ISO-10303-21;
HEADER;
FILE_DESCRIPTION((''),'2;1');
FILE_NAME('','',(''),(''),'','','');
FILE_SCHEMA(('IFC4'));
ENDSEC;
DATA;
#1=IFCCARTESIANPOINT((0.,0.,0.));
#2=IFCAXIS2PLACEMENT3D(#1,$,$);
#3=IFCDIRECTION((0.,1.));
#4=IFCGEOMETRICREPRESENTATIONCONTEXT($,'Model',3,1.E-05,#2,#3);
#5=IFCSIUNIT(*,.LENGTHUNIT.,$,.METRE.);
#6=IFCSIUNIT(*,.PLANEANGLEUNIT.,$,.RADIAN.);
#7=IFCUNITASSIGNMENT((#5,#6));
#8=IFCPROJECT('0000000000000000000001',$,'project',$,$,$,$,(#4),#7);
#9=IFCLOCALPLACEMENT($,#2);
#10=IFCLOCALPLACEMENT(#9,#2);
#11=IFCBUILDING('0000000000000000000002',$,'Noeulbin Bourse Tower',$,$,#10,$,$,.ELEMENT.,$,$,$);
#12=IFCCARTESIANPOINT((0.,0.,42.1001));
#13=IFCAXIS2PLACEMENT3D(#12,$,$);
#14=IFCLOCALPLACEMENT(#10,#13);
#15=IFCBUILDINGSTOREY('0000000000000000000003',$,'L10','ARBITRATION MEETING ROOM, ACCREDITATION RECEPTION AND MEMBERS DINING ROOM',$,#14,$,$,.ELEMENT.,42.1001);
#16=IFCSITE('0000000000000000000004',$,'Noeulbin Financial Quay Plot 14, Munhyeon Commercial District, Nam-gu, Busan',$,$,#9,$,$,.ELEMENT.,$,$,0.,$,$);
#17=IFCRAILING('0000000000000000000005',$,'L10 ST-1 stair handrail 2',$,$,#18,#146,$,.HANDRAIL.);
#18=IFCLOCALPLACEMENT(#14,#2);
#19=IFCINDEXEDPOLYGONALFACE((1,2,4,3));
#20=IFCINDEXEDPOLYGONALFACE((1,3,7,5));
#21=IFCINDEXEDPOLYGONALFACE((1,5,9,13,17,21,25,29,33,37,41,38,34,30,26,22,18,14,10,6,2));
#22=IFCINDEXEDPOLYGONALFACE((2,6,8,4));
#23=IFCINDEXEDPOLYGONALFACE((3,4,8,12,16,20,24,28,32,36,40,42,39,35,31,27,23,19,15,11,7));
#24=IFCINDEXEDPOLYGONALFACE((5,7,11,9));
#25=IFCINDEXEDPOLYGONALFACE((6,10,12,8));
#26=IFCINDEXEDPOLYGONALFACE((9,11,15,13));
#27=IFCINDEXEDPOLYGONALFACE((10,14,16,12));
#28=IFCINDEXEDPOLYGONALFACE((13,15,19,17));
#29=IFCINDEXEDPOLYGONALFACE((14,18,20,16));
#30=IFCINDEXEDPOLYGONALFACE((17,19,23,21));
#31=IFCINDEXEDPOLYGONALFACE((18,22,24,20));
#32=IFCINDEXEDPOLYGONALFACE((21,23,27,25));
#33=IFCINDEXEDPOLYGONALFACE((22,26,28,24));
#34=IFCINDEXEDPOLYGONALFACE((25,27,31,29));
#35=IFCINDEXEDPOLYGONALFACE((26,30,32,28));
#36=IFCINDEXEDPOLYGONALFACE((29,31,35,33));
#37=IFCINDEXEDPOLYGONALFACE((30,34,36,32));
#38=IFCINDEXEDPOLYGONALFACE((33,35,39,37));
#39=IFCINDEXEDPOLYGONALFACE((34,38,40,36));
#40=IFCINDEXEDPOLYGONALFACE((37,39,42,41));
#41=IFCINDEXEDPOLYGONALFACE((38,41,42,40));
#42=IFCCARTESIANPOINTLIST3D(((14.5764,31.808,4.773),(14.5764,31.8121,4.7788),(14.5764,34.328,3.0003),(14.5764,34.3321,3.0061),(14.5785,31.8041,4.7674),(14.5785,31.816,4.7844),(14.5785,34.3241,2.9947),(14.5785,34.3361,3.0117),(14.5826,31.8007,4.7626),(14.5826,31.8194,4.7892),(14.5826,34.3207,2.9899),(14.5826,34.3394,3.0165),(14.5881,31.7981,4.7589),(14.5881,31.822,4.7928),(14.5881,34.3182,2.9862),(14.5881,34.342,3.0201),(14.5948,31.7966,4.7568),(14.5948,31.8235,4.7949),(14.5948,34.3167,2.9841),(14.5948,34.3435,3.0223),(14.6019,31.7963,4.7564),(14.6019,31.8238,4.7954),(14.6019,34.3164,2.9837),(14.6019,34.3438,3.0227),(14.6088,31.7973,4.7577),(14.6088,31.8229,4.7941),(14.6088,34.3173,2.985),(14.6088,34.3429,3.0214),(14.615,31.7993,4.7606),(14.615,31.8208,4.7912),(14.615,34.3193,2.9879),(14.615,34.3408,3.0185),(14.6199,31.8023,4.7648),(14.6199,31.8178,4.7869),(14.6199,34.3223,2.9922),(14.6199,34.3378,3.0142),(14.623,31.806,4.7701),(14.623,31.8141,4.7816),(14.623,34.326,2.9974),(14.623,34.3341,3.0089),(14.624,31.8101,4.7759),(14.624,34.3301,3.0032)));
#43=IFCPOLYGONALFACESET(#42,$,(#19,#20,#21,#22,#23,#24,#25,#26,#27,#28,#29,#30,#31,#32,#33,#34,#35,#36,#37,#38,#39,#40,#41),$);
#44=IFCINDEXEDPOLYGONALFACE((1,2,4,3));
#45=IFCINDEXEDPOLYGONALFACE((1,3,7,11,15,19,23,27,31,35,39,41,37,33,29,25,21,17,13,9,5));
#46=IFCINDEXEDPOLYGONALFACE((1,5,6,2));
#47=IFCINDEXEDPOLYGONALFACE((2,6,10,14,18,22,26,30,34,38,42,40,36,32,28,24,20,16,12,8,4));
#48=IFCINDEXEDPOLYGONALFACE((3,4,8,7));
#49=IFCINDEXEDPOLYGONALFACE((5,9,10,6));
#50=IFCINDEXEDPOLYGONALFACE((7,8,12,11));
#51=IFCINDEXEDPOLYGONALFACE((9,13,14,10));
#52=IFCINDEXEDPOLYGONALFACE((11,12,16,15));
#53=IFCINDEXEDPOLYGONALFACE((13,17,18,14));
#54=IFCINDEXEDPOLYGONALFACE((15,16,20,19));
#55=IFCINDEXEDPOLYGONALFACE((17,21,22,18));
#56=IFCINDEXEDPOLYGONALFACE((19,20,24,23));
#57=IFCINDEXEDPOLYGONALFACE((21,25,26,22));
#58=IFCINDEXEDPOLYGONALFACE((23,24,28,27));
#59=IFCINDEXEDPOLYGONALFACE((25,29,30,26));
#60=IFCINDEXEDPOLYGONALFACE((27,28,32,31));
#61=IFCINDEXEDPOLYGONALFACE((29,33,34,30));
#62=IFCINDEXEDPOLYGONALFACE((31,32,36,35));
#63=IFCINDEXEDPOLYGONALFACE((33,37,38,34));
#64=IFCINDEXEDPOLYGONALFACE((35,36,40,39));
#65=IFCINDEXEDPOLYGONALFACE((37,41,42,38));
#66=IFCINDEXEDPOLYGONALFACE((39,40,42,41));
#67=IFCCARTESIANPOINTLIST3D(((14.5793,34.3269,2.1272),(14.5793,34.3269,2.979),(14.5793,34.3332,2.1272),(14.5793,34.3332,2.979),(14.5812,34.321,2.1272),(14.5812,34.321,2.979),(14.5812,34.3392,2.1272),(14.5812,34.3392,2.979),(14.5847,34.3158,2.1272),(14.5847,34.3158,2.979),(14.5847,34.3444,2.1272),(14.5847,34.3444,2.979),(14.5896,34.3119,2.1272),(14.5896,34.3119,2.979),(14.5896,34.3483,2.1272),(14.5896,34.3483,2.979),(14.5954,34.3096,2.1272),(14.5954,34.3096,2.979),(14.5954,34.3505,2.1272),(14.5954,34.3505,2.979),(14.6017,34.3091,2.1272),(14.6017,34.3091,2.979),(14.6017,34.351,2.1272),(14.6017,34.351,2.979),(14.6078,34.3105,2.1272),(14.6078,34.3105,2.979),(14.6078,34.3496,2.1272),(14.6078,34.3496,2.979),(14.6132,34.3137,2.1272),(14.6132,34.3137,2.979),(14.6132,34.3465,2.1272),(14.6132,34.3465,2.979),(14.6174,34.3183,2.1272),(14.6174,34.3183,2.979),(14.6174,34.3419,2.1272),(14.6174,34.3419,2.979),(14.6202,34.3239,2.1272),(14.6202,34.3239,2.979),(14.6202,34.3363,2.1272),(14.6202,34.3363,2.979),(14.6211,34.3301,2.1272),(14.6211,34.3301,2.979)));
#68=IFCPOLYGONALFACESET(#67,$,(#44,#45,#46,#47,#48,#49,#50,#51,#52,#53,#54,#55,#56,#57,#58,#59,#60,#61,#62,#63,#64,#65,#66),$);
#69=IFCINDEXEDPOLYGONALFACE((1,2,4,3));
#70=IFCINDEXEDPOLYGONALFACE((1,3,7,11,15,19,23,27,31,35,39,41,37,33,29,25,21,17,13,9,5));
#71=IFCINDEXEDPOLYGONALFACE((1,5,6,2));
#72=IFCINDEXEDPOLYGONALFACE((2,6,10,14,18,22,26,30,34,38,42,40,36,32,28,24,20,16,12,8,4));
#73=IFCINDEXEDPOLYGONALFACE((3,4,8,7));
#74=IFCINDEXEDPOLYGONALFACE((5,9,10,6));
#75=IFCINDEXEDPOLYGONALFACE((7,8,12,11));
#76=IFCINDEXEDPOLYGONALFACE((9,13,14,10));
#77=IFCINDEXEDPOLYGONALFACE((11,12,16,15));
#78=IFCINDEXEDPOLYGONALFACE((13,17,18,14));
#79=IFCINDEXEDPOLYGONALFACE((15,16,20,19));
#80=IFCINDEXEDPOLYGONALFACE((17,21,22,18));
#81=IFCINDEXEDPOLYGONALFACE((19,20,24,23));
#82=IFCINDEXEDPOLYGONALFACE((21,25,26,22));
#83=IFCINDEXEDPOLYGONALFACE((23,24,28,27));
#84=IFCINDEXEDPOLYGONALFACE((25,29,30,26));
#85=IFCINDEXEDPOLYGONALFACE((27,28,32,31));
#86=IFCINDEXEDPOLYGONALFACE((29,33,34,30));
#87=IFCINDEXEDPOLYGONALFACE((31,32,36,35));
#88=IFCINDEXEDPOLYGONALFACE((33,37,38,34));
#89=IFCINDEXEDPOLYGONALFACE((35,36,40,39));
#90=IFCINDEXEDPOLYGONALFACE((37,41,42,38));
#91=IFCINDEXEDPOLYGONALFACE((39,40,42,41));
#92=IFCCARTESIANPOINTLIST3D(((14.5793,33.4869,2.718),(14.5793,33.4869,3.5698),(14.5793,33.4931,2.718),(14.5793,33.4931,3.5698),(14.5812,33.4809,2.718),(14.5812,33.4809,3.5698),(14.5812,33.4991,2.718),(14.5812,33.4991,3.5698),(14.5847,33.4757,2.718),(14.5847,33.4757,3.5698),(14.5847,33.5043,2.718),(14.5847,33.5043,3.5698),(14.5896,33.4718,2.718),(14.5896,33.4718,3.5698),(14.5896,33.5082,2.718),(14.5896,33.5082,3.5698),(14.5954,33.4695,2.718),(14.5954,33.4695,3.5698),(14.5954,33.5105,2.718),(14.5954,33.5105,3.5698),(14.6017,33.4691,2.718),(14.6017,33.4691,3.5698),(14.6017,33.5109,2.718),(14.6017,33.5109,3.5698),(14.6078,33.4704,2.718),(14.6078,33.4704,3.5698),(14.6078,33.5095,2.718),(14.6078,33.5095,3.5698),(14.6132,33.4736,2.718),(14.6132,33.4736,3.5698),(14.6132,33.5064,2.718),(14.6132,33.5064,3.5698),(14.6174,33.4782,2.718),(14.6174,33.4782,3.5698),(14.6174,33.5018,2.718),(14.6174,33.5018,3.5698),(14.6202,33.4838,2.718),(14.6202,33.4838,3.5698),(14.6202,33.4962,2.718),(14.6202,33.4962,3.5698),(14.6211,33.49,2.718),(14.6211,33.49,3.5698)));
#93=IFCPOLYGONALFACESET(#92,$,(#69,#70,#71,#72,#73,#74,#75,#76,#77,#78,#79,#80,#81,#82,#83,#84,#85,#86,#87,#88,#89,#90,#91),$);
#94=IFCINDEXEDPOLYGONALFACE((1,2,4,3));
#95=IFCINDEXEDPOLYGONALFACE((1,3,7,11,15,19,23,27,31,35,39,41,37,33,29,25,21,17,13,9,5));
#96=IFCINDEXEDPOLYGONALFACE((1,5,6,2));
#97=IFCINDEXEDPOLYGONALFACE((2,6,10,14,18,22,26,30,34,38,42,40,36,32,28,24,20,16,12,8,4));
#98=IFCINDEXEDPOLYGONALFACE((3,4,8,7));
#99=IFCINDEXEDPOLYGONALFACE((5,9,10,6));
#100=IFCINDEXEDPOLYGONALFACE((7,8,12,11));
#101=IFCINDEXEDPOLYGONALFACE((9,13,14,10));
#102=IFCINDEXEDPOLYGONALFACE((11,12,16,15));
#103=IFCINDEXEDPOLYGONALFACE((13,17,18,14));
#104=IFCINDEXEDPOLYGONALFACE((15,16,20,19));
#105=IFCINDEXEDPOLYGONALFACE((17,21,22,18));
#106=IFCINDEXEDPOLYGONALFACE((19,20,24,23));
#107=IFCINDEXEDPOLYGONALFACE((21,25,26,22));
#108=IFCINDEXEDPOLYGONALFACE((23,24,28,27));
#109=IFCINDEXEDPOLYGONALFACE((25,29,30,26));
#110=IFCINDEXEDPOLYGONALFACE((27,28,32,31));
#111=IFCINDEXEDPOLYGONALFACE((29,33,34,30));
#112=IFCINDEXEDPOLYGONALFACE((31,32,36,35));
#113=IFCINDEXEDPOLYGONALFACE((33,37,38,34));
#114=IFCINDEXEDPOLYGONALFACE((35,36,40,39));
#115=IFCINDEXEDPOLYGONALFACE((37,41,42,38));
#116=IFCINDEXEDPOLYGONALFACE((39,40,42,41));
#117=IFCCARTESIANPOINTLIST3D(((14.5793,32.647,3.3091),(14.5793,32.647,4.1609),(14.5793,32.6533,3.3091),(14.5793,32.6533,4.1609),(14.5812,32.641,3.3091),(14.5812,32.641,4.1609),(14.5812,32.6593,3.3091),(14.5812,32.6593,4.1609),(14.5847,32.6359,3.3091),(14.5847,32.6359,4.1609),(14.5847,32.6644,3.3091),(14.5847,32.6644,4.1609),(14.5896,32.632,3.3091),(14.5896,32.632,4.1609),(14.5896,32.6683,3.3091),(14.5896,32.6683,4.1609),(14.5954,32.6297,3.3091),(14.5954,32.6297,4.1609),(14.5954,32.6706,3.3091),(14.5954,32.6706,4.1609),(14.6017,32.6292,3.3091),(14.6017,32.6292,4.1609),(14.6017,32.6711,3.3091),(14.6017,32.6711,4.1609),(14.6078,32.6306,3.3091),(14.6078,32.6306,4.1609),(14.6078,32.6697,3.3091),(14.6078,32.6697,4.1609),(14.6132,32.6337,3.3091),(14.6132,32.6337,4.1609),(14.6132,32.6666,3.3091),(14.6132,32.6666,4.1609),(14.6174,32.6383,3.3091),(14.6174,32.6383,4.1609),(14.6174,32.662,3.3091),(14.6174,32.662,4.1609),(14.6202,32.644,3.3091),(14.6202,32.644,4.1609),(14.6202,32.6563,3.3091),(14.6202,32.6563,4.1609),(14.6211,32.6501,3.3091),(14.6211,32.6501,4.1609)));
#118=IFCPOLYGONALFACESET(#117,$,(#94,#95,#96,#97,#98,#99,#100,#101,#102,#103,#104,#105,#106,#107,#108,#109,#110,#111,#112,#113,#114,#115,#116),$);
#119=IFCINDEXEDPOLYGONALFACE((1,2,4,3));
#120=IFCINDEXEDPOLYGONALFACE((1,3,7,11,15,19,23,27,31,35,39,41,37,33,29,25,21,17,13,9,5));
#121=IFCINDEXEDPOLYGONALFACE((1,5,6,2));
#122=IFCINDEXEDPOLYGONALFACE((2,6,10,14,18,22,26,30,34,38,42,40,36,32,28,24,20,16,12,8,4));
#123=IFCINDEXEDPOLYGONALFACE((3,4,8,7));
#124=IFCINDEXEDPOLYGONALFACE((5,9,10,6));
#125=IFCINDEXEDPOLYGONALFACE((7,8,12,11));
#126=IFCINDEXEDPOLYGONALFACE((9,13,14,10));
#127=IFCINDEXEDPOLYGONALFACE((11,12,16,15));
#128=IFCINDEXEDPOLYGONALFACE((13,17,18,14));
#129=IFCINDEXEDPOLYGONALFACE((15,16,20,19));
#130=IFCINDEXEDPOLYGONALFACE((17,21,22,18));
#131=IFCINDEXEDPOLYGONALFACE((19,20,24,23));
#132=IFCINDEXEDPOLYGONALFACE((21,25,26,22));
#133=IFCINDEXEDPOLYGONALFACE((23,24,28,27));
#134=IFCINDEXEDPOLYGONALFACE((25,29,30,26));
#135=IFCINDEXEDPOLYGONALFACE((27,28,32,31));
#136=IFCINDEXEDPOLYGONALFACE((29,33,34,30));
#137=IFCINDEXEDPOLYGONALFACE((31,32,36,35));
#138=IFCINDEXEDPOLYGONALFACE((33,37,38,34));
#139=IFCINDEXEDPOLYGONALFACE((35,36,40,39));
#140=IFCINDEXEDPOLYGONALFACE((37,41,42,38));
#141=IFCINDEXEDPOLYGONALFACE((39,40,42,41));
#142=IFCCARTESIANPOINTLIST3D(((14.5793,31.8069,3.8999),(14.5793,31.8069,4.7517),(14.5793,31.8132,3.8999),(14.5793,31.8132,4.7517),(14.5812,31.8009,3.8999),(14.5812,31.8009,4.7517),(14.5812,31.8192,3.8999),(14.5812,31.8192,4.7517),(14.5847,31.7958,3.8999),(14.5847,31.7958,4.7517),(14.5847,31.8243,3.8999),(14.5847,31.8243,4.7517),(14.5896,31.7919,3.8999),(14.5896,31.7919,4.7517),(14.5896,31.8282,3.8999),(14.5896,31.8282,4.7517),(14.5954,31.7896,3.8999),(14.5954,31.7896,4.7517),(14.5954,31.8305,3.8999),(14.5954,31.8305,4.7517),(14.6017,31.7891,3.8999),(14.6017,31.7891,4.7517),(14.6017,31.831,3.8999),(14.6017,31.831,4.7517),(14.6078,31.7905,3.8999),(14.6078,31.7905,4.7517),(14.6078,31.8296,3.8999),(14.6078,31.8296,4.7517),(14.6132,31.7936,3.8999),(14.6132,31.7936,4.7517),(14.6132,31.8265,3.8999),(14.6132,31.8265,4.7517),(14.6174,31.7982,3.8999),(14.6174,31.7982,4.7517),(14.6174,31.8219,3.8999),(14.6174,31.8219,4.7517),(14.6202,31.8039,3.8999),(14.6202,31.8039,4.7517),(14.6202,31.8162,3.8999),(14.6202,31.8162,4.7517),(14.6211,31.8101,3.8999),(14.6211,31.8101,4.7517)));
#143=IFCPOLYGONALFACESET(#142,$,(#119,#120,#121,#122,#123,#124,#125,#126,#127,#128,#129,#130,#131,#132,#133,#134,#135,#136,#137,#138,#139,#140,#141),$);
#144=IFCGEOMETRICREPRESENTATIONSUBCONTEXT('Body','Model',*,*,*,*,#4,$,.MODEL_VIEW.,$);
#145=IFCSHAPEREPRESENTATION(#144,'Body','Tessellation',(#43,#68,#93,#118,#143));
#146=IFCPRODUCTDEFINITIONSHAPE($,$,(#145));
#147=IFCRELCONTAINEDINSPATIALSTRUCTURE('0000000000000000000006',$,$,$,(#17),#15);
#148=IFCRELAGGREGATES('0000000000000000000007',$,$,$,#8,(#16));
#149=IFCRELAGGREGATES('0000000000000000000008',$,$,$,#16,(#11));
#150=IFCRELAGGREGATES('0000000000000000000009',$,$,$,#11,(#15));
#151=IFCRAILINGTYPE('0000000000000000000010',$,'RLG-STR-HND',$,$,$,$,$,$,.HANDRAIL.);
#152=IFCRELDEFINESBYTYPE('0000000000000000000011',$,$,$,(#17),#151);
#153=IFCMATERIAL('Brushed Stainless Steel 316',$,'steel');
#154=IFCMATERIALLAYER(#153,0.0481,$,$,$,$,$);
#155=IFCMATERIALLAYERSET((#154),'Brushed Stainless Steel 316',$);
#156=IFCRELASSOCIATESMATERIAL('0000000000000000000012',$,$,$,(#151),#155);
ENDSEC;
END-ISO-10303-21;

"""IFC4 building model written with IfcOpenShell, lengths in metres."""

from ifc_helpers import new_model, si_unit, direction, frame, origin, origin_2d, place, context, subcontext, project, spatial, circle, extrude, material, layer, layer_set, type_object, element, save


model = new_model("IFC4")

# Units and contexts
model_context = context("Model", 3, precision=1e-05, world=origin(), true_north=direction((0.0, 1.0)))
body_context = subcontext(model_context, "Body", "Model", "MODEL_VIEW")
ifc_project = project(units=[si_unit("LENGTHUNIT", "METRE"), si_unit("PLANEANGLEUNIT", "RADIAN")], contexts=[model_context])

# Site, building, storey
site_placement = place(None, origin())
site = spatial("IfcSite", under=ifc_project, at=site_placement, Name="Noeulbin Financial Quay Plot 14, Munhyeon Commercial District, Nam-gu, Busan", CompositionType="ELEMENT", RefElevation=0.0)
building_placement = place(site_placement, origin())
building = spatial("IfcBuilding", under=site, at=building_placement, Name="Noeulbin Bourse Tower", CompositionType="ELEMENT")
storey_placement = place(building_placement, frame((0.0, 0.0, 42.1001)))
storey = spatial("IfcBuildingStorey", under=building, at=storey_placement, Name="L10", Description="ARBITRATION MEETING ROOM, ACCREDITATION RECEPTION AND MEMBERS DINING ROOM", CompositionType="ELEMENT", Elevation=42.1001)

# Shared definitions
ifc_material_1 = material(Name="Brushed Stainless Steel 316", Category="steel")

# Railing
ifc_layer_1 = layer(ifc_material_1, 0.0481)
ifc_layer_set_1 = layer_set([ifc_layer_1], Name="Brushed Stainless Steel 316")
railing_type_1 = type_object("IfcRailingType", Name="RLG-STR-HND", PredefinedType="HANDRAIL", material=ifc_layer_set_1)
railing_1_placement = place(storey_placement, frame((14.6001, 34.3301, 2.1272)))
element("IfcRailing", 1, at=railing_1_placement, inside=storey, type_object=railing_type_1, Name="L10 ST-1 stair handrail 2", PredefinedType="HANDRAIL", context=body_context, shape_type="SweptSolid", body=[
    extrude(circle(Radius=0.0239, at=origin_2d()), frame((0.0, 0.0, 0.876), z_axis=(0.0, -0.817904, 0.575354), x_axis=(1.0, 0.0, 0.0)), (0.0, 0.0, 1.0), 3.0811),
    extrude(circle(Radius=0.021, at=origin_2d()), origin(), (0.0, 0.0, 1.0), 0.8518),
    extrude(circle(Radius=0.021, at=origin_2d()), frame((0.0, -0.8401, 0.5908)), (0.0, 0.0, 1.0), 0.8518),
    extrude(circle(Radius=0.021, at=origin_2d()), frame((0.0, -1.6799, 1.1819)), (0.0, 0.0, 1.0), 0.8518),
    extrude(circle(Radius=0.021, at=origin_2d()), frame((0.0, -2.52, 1.7727)), (0.0, 0.0, 1.0), 0.8518),
])

save(model, "model.ifc")
